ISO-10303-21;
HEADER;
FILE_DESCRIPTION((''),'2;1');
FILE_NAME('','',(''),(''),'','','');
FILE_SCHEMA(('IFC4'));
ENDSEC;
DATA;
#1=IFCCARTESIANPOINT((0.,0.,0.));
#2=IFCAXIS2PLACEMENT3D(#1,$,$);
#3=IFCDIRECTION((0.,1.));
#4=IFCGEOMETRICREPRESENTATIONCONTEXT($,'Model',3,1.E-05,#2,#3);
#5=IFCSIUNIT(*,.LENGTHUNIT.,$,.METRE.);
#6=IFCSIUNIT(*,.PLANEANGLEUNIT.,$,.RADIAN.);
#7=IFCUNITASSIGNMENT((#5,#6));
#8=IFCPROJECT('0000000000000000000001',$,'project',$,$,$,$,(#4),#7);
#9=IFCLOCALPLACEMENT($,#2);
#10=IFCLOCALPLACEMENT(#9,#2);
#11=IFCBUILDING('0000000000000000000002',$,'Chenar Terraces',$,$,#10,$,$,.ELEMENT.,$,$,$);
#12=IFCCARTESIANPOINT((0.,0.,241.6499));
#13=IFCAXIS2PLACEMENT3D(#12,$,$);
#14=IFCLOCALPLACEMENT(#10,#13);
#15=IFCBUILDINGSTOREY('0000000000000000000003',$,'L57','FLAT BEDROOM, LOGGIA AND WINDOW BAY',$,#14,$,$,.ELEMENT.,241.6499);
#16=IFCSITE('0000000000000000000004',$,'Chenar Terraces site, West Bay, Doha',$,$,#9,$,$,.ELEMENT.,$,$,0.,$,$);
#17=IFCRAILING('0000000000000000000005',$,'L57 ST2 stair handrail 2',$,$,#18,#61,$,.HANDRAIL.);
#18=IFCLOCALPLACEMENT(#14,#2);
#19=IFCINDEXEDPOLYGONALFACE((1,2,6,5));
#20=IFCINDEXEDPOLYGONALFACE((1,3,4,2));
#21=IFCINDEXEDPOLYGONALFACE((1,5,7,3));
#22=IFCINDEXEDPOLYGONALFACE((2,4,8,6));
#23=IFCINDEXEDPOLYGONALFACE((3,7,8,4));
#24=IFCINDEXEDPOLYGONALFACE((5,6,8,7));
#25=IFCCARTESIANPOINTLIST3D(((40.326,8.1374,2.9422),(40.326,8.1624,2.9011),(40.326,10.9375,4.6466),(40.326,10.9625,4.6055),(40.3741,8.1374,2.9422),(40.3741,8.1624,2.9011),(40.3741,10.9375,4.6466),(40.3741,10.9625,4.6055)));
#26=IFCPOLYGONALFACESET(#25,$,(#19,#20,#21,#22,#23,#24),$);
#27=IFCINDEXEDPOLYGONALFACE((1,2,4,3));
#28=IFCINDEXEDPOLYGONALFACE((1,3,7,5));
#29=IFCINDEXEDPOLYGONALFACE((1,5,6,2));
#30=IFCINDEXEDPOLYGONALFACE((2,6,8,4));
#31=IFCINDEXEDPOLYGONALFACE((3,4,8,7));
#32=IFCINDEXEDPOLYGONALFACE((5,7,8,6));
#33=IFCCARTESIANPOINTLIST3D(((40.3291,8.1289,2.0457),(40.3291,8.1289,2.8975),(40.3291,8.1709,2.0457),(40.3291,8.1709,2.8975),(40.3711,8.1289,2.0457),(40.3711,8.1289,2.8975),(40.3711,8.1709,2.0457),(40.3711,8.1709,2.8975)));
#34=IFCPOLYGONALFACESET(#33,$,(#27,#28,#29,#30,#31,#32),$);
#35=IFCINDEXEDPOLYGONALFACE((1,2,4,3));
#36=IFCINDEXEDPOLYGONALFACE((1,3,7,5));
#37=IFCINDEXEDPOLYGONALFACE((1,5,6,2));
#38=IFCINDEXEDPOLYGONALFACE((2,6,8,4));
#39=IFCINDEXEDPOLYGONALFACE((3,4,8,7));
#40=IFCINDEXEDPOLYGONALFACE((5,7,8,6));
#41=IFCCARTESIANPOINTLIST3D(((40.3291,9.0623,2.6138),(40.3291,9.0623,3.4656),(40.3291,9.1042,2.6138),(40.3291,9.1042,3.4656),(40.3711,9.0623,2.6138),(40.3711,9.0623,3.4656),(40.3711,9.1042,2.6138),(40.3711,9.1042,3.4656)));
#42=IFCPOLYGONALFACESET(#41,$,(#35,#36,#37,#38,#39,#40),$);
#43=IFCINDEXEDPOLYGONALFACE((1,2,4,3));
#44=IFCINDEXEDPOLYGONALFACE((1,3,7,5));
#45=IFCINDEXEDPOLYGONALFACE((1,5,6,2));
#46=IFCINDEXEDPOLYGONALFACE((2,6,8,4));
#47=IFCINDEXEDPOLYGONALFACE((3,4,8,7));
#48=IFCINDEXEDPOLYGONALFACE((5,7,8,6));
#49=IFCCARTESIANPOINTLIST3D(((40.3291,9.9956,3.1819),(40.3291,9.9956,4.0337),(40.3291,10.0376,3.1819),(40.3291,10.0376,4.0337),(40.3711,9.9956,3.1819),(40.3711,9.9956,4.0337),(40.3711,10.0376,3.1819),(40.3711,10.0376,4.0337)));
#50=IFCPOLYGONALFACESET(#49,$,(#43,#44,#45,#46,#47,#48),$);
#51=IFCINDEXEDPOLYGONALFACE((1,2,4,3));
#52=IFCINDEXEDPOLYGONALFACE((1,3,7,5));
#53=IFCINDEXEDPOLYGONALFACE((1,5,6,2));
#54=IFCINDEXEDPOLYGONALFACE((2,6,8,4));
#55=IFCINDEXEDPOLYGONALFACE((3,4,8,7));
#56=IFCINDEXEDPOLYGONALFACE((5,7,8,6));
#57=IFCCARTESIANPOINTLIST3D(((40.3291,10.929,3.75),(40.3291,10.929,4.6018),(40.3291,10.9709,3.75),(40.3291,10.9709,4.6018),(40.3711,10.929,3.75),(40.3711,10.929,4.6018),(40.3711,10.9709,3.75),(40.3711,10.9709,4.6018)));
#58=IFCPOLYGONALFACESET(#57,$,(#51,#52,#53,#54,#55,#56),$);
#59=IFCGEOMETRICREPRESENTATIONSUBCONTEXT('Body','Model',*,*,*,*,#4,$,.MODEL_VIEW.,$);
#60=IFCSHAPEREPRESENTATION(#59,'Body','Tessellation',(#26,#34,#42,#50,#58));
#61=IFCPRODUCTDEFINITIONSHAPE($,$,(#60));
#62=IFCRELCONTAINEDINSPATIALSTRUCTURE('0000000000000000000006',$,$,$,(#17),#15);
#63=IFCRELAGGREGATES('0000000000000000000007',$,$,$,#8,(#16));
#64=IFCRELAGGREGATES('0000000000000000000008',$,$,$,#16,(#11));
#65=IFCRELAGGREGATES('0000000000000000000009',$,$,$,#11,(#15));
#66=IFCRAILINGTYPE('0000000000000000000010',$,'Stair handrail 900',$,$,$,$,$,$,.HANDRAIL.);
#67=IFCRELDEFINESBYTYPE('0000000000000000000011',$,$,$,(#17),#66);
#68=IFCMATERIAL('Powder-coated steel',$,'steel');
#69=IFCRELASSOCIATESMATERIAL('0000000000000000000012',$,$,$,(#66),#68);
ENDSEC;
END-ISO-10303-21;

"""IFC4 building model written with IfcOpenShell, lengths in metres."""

from ifc_helpers import new_model, si_unit, direction, frame, origin, origin_2d, place, context, subcontext, project, spatial, rectangle, extrude, material, type_object, element, save


model = new_model("IFC4")

# Units and contexts
model_context = context("Model", 3, precision=1e-05, world=origin(), true_north=direction((0.0, 1.0)))
body_context = subcontext(model_context, "Body", "Model", "MODEL_VIEW")
ifc_project = project(units=[si_unit("LENGTHUNIT", "METRE"), si_unit("PLANEANGLEUNIT", "RADIAN")], contexts=[model_context])

# Site, building, storey
site_placement = place(None, origin())
site = spatial("IfcSite", under=ifc_project, at=site_placement, Name="Chenar Terraces site, West Bay, Doha", CompositionType="ELEMENT", RefElevation=0.0)
building_placement = place(site_placement, origin())
building = spatial("IfcBuilding", under=site, at=building_placement, Name="Chenar Terraces", CompositionType="ELEMENT")
storey_placement = place(building_placement, frame((0.0, 0.0, 241.6499)))
storey = spatial("IfcBuildingStorey", under=building, at=storey_placement, Name="L57", Description="FLAT BEDROOM, LOGGIA AND WINDOW BAY", CompositionType="ELEMENT", Elevation=241.6499)

# Railing
ifc_material_1 = material(Name="Powder-coated steel", Category="steel")
railing_type_1 = type_object("IfcRailingType", Name="Stair handrail 900", PredefinedType="HANDRAIL", material=ifc_material_1)
railing_1_placement = place(storey_placement, frame((40.3501, 8.1499, 2.0457)))
element("IfcRailing", 1, at=railing_1_placement, inside=storey, type_object=railing_type_1, Name="L57 ST2 stair handrail 2", PredefinedType="HANDRAIL", context=body_context, shape_type="SweptSolid", body=[
    extrude(rectangle(XDim=0.0481, YDim=0.0481, at=origin_2d()), frame((0.0, 0.0, 0.876), z_axis=(0.0, 0.854203, 0.51994), x_axis=(-1.0, 0.0, 0.0)), (0.0, 0.0, 1.0), 3.2781),
    extrude(rectangle(XDim=0.042, YDim=0.042, at=origin_2d()), origin(), (0.0, 0.0, 1.0), 0.8518),
    extrude(rectangle(XDim=0.042, YDim=0.042, at=origin_2d()), frame((0.0, 0.9333, 0.5681)), (0.0, 0.0, 1.0), 0.8518),
    extrude(rectangle(XDim=0.042, YDim=0.042, at=origin_2d()), frame((0.0, 1.8667, 1.1362)), (0.0, 0.0, 1.0), 0.8518),
    extrude(rectangle(XDim=0.042, YDim=0.042, at=origin_2d()), frame((0.0, 2.8, 1.7043)), (0.0, 0.0, 1.0), 0.8518),
])

save(model, "model.ifc")
